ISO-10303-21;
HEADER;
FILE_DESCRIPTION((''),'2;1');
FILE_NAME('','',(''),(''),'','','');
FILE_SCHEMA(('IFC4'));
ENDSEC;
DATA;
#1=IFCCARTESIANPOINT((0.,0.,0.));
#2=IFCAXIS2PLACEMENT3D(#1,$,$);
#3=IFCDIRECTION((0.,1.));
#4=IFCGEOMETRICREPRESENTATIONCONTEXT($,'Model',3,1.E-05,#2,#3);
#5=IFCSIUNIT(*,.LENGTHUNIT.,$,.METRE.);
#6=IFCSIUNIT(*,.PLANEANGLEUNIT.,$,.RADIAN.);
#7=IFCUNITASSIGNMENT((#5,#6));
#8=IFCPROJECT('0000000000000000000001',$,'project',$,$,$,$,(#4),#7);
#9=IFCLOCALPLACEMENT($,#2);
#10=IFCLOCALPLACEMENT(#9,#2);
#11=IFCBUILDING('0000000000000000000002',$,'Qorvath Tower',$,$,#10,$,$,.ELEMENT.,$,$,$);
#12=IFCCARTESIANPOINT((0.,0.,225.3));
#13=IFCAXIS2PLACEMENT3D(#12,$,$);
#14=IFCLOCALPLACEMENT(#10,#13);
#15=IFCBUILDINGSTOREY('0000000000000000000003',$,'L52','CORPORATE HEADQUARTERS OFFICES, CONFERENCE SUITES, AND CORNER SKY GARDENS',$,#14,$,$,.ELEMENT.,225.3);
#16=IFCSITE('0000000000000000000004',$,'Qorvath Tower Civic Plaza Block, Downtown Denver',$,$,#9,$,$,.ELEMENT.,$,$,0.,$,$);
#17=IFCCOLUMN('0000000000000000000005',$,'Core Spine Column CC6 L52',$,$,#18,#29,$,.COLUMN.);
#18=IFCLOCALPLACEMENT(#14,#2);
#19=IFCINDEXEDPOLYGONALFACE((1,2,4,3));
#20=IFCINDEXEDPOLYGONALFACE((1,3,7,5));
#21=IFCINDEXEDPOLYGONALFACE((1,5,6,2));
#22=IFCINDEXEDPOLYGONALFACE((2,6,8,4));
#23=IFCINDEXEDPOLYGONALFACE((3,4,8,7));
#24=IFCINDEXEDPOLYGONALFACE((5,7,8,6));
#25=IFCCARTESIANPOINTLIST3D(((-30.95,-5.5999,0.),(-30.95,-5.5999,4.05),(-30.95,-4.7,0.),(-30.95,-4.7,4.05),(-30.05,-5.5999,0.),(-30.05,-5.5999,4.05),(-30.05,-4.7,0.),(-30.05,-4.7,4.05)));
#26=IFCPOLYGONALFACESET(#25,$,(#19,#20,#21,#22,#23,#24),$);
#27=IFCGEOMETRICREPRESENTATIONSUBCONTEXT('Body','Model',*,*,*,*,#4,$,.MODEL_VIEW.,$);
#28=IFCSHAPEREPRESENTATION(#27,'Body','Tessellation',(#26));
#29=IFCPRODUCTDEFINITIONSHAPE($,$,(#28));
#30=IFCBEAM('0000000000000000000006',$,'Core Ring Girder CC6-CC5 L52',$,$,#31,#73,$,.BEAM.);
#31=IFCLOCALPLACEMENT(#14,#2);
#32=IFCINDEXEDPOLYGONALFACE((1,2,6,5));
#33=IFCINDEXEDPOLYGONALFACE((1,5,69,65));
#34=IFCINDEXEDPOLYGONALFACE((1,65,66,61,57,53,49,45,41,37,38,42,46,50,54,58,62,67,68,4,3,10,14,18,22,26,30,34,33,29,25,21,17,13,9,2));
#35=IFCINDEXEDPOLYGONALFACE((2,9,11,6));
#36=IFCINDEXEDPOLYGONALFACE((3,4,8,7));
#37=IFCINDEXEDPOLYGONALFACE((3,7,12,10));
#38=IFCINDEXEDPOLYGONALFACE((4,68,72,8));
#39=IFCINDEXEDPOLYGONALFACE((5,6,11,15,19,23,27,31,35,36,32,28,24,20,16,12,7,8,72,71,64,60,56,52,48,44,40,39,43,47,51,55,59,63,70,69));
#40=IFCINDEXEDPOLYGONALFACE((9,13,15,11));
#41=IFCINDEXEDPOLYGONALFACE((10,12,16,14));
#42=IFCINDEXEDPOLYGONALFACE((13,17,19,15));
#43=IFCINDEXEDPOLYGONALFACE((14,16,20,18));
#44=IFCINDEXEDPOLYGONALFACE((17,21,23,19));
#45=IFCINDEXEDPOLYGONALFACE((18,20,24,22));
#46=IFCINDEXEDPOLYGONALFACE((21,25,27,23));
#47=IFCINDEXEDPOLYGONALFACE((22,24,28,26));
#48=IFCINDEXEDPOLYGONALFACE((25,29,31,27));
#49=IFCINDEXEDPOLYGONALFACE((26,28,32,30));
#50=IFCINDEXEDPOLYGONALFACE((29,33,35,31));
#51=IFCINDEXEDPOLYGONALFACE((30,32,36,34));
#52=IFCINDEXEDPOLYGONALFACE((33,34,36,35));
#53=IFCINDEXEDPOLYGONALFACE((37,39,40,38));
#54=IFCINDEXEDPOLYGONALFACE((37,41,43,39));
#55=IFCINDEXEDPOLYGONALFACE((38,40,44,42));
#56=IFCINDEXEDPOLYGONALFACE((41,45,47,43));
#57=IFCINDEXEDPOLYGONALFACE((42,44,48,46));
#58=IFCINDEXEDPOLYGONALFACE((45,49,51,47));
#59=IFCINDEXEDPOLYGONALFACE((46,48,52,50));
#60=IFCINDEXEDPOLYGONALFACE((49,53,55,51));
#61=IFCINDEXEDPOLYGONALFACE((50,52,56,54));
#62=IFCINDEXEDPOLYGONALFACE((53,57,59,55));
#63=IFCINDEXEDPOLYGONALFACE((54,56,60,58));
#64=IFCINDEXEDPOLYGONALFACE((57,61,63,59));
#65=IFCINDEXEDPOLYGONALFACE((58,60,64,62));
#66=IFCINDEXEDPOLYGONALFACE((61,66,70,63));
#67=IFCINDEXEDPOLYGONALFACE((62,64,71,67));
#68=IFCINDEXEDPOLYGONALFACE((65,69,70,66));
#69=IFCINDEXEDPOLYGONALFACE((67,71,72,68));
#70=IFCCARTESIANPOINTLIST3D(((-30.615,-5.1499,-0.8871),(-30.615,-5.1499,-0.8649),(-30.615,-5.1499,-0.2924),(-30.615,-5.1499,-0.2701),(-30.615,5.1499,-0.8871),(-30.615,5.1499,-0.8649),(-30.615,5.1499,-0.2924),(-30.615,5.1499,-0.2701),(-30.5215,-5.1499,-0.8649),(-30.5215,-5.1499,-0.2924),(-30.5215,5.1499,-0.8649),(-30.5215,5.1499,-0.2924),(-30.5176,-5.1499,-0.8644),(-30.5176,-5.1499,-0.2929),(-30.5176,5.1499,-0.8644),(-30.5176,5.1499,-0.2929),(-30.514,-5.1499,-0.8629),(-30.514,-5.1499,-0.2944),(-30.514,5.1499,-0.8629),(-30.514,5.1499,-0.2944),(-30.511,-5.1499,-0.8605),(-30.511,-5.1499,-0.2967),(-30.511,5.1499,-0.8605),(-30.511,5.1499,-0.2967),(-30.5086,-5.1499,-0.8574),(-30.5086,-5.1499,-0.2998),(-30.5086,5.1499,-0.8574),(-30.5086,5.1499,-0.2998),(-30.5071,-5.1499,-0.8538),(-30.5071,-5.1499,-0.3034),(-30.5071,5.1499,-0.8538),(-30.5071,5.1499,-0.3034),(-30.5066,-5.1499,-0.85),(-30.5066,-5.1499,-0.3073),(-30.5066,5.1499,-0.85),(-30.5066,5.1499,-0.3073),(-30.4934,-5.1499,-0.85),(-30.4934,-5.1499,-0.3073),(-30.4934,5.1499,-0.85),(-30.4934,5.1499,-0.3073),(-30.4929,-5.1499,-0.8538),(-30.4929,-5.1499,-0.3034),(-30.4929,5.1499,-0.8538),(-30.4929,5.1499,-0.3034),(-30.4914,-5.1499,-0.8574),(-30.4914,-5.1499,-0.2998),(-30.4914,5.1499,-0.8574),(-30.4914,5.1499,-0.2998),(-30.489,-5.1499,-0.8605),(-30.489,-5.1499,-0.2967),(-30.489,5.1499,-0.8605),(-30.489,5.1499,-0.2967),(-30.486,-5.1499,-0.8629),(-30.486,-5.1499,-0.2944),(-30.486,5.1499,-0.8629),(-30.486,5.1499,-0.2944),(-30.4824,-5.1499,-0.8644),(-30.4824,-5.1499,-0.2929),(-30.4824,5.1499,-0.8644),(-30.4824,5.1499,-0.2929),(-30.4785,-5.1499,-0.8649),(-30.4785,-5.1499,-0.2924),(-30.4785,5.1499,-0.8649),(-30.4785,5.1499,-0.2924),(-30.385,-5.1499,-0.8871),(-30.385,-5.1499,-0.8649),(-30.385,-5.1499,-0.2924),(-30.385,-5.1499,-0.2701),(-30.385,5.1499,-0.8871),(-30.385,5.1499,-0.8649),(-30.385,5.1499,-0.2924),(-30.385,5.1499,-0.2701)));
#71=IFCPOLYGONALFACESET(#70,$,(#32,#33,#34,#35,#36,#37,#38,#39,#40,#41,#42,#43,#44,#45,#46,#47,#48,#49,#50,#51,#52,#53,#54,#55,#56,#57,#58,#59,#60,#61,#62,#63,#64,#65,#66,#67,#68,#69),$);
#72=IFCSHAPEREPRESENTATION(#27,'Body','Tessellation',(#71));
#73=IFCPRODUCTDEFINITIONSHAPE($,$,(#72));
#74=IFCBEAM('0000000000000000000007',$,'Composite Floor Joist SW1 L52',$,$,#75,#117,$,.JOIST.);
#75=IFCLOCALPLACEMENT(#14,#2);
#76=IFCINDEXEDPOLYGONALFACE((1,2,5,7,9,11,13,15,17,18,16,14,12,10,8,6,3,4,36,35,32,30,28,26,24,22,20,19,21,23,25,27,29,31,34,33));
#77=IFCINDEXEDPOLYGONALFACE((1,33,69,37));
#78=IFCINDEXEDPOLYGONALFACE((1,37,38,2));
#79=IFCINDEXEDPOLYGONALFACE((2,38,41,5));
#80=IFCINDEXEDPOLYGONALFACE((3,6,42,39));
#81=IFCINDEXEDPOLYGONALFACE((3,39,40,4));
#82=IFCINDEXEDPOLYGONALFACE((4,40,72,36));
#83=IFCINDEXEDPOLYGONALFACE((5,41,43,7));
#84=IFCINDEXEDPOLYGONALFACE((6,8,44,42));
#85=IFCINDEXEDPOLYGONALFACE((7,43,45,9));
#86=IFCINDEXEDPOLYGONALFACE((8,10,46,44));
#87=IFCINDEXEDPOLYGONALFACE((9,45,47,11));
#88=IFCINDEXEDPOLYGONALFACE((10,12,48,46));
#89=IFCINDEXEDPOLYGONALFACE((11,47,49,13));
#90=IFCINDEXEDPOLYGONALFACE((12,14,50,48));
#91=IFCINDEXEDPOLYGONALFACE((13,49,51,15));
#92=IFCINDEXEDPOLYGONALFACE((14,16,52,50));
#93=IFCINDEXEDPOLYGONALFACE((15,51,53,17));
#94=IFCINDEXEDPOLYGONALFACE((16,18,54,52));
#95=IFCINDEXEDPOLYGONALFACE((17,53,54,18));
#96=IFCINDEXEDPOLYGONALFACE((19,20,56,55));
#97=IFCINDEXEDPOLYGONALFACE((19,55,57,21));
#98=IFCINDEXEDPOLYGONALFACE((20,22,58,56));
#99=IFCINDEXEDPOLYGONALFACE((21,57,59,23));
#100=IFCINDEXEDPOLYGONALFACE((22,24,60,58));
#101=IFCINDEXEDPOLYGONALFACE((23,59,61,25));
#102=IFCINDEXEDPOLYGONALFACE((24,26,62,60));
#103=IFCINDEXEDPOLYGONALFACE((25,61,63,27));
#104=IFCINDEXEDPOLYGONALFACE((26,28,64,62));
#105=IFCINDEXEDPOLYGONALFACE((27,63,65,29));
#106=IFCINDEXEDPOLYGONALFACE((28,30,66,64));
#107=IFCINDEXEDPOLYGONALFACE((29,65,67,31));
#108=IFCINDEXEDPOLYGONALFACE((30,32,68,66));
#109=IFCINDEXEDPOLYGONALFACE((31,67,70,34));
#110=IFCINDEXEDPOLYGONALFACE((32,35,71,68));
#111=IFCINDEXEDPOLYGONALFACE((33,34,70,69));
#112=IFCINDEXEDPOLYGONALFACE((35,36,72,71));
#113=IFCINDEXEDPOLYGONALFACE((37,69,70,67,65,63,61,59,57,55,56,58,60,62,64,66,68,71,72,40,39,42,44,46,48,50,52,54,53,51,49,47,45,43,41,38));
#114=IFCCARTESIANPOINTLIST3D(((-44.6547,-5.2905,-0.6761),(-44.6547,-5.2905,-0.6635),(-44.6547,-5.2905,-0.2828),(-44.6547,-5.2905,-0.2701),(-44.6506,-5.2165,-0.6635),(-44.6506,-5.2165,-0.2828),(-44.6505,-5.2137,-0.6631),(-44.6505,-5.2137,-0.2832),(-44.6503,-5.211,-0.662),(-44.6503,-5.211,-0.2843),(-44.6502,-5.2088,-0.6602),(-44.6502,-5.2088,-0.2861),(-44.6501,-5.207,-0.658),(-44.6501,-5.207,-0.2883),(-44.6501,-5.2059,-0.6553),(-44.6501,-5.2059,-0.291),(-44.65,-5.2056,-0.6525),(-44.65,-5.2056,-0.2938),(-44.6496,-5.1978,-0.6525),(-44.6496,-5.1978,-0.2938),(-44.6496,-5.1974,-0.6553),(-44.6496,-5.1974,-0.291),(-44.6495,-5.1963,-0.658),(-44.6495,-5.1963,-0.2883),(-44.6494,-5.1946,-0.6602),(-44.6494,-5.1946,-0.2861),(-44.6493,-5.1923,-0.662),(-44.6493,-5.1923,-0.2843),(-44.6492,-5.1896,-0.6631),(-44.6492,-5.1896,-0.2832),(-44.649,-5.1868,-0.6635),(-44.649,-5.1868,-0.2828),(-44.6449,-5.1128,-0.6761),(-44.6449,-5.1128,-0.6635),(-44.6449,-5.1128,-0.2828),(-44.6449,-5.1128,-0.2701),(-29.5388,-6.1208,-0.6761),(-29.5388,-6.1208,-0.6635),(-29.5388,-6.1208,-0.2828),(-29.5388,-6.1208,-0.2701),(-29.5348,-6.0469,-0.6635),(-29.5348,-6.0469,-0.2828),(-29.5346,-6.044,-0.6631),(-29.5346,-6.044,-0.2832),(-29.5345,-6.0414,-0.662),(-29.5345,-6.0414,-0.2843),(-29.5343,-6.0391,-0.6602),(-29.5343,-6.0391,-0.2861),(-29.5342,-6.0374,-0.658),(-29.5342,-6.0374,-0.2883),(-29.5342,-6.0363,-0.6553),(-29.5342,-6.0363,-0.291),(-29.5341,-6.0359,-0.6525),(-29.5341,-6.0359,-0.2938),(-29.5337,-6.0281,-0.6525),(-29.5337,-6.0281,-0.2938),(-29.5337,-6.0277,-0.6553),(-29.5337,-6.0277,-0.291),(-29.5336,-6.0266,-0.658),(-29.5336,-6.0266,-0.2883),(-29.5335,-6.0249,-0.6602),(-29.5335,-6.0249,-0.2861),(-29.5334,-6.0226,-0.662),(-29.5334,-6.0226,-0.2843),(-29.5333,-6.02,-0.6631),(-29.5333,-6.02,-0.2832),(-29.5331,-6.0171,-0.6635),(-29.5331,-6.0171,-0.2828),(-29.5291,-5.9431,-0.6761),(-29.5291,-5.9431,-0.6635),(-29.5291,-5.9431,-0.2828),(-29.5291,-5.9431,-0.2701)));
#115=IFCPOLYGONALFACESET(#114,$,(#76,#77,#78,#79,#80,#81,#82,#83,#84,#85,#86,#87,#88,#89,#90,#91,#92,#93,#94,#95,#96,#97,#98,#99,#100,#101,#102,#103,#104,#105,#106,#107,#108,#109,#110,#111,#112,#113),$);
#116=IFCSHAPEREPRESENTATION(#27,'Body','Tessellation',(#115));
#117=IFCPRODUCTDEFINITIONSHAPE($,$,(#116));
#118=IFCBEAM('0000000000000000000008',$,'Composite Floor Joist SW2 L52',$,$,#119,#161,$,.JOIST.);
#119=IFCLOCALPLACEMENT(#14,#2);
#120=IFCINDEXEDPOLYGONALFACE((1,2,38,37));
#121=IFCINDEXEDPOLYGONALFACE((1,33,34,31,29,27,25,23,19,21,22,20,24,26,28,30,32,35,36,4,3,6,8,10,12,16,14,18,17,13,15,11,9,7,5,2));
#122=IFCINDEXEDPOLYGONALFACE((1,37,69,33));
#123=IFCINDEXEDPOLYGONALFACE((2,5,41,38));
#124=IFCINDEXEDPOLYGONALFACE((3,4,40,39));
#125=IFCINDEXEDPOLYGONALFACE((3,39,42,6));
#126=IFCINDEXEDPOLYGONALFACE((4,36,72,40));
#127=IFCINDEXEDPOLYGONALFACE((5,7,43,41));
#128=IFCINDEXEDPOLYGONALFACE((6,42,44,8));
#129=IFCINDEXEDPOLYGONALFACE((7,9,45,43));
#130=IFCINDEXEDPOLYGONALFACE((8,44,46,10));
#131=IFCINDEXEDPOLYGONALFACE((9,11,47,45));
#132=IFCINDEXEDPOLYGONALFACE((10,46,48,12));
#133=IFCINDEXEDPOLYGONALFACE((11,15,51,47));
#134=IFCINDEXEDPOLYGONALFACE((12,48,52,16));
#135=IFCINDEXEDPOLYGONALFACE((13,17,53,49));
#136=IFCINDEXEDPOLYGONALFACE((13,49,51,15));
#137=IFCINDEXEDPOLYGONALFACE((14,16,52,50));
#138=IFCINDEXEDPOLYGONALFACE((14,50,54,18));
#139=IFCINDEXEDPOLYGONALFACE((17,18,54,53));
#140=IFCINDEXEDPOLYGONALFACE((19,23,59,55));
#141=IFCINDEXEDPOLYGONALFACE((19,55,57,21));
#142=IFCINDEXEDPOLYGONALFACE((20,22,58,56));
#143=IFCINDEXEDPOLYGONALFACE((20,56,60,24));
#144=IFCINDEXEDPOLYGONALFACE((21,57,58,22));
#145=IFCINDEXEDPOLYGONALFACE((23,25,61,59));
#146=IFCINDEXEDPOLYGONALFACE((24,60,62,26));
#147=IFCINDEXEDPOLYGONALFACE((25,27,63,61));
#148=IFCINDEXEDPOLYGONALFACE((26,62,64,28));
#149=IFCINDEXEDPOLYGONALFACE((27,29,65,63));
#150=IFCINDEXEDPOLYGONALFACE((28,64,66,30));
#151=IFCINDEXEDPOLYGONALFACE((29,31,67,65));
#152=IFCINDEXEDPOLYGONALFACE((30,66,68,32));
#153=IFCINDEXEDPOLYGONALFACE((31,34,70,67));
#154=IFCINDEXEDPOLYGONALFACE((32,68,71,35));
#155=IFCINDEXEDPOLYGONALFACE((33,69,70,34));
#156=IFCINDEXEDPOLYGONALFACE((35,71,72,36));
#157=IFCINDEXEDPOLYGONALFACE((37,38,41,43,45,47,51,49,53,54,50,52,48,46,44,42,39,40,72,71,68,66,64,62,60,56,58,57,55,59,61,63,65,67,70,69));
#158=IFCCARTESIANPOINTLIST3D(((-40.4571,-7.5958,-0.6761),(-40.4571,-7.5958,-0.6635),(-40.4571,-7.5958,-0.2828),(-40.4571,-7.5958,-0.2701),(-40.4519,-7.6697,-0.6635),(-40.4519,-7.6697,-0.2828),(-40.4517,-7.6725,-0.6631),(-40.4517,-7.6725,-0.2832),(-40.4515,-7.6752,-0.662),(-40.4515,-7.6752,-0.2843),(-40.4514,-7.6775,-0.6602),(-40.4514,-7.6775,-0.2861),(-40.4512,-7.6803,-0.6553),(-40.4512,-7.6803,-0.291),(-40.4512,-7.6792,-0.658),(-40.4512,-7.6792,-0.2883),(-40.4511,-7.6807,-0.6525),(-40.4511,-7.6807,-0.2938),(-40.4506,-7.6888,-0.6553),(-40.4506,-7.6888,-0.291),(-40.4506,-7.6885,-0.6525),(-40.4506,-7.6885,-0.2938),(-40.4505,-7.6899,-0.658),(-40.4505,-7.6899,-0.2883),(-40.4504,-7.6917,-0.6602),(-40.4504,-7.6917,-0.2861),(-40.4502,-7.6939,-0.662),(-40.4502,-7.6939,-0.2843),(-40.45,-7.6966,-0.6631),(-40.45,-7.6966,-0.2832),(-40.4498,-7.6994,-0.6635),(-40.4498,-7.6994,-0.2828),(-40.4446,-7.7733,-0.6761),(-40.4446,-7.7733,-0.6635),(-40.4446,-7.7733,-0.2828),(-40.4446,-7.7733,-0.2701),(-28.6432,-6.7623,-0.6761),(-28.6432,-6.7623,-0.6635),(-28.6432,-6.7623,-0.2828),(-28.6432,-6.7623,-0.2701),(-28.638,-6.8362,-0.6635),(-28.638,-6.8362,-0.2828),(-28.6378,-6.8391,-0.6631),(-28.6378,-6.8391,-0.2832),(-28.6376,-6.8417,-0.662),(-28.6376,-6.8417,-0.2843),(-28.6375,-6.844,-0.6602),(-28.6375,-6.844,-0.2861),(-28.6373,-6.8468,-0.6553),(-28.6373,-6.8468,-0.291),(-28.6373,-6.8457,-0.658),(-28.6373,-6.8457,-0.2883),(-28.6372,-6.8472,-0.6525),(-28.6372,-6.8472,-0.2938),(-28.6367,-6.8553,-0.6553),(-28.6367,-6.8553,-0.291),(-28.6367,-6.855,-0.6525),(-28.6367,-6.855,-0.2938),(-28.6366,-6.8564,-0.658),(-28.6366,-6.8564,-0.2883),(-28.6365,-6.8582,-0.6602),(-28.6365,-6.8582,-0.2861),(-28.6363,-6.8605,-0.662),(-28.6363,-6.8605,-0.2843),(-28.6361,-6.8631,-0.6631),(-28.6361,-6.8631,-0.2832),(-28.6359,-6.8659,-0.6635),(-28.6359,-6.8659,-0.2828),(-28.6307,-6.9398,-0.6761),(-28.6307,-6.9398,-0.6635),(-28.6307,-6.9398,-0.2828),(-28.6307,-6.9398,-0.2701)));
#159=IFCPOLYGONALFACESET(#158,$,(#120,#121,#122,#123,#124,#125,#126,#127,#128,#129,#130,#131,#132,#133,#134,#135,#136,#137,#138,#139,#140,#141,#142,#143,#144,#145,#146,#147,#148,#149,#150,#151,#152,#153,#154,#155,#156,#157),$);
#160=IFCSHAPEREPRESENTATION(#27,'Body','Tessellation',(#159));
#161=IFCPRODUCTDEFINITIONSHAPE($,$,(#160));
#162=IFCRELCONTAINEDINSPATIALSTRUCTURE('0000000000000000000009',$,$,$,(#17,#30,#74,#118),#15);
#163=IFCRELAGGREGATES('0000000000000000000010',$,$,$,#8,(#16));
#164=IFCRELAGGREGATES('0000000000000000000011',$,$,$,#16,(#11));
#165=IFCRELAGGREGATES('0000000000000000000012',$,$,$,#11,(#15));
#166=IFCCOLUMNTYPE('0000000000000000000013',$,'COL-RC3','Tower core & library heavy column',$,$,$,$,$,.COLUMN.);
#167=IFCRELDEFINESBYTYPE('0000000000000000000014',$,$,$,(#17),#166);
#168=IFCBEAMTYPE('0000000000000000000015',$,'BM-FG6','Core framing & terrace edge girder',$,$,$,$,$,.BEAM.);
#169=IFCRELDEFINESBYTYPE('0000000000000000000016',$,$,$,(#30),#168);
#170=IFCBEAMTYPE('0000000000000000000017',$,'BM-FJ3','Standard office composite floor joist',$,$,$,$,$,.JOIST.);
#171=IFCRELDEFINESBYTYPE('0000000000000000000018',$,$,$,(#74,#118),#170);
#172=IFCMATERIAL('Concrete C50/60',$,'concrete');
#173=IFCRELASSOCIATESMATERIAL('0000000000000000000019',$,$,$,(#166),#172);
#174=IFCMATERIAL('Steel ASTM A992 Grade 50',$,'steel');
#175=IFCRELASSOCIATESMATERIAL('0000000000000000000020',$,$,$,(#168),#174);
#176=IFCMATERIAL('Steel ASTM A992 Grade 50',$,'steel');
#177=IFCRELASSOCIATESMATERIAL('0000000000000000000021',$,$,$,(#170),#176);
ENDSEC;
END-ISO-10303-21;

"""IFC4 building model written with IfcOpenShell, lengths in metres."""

from ifc_helpers import new_model, si_unit, direction, frame, origin, origin_2d, place, context, subcontext, project, spatial, rectangle, i_section, extrude, material, material_profile, profile_set, type_object, element, save


model = new_model("IFC4")

# Units and contexts
model_context = context("Model", 3, precision=1e-05, world=origin(), true_north=direction((0.0, 1.0)))
body_context = subcontext(model_context, "Body", "Model", "MODEL_VIEW")
ifc_project = project(units=[si_unit("LENGTHUNIT", "METRE"), si_unit("PLANEANGLEUNIT", "RADIAN")], contexts=[model_context])

# Site, building, storey
site_placement = place(None, origin())
site = spatial("IfcSite", under=ifc_project, at=site_placement, Name="Qorvath Tower Civic Plaza Block, Downtown Denver", CompositionType="ELEMENT", RefElevation=0.0)
building_placement = place(site_placement, origin())
building = spatial("IfcBuilding", under=site, at=building_placement, Name="Qorvath Tower", CompositionType="ELEMENT")
storey_placement = place(building_placement, frame((0.0, 0.0, 225.3)))
storey = spatial("IfcBuildingStorey", under=building, at=storey_placement, Name="L52", Description="CORPORATE HEADQUARTERS OFFICES, CONFERENCE SUITES, AND CORNER SKY GARDENS", CompositionType="ELEMENT", Elevation=225.3)

# Column
ifc_material_1 = material(Name="Concrete C50/60", Category="concrete")
ifc_material_profile_1 = material_profile(ifc_material_1, rectangle(XDim=0.8999, YDim=0.8999, at=origin_2d()), Name="RC 900x900")
ifc_profile_set_1 = profile_set([ifc_material_profile_1], Name="Concrete C50/60")
column_type = type_object("IfcColumnType", Name="COL-RC3", Description="Tower core & library heavy column", PredefinedType="COLUMN", material=ifc_profile_set_1)
column_placement = place(storey_placement, frame((-30.5, -5.1499, 0.0), z_axis=(0.0, 0.0, 1.0), x_axis=(1.0, 0.0, 0.0)))
element("IfcColumn", 1, at=column_placement, inside=storey, type_object=column_type, Name="Core Spine Column CC6 L52", PredefinedType="COLUMN", context=body_context, shape_type="SweptSolid", body=[
    extrude(rectangle(XDim=0.8999, YDim=0.8999, at=origin_2d()), origin(), (0.0, 0.0, 1.0), 4.05),
])

# Beams
ifc_material_2 = material(Name="Steel ASTM A992 Grade 50", Category="steel")
ifc_material_profile_2 = material_profile(ifc_material_2, i_section(OverallWidth=0.23, OverallDepth=0.6169, WebThickness=0.0132, FlangeThickness=0.0222, FilletRadius=0.0149, at=origin_2d()), Name="W24x94")
ifc_profile_set_2 = profile_set([ifc_material_profile_2], Name="Steel ASTM A992 Grade 50")
beam_type_1 = type_object("IfcBeamType", Name="BM-FG6", Description="Core framing & terrace edge girder", PredefinedType="BEAM", material=ifc_profile_set_2)
beam_1_placement = place(storey_placement, frame((-30.5, -5.1499, -0.5786), z_axis=(0.0, 1.0, 0.0), x_axis=(-1.0, 0.0, 0.0)))
element("IfcBeam", 2, at=beam_1_placement, inside=storey, type_object=beam_type_1, Name="Core Ring Girder CC6-CC5 L52", PredefinedType="BEAM", context=body_context, shape_type="SweptSolid", body=[
    extrude(i_section(OverallWidth=0.23, OverallDepth=0.6169, WebThickness=0.0132, FlangeThickness=0.0222, FilletRadius=0.0149, at=origin_2d()), origin(), (0.0, 0.0, 1.0), 10.2998),
])
ifc_material_3 = material(Name="Steel ASTM A992 Grade 50", Category="steel")
ifc_material_profile_3 = material_profile(ifc_material_3, i_section(OverallWidth=0.178, OverallDepth=0.406, WebThickness=0.0078, FlangeThickness=0.0127, FilletRadius=0.011, at=origin_2d()), Name="W16x40")
ifc_profile_set_3 = profile_set([ifc_material_profile_3], Name="Steel ASTM A992 Grade 50")
beam_type_2 = type_object("IfcBeamType", Name="BM-FJ3", Description="Standard office composite floor joist", PredefinedType="JOIST", material=ifc_profile_set_3)
beam_2_placement = place(storey_placement, frame((-29.5339, -6.032, -0.4731), z_axis=(-0.998495, 0.054847, 0.0), x_axis=(-0.054847, -0.998495, 0.0)))
element("IfcBeam", 3, at=beam_2_placement, inside=storey, type_object=beam_type_2, Name="Composite Floor Joist SW1 L52", PredefinedType="JOIST", context=body_context, shape_type="SweptSolid", body=[
    extrude(i_section(OverallWidth=0.178, OverallDepth=0.406, WebThickness=0.0078, FlangeThickness=0.0127, FilletRadius=0.011, at=origin_2d()), origin(), (0.0, 0.0, 1.0), 15.1387),
])
beam_3_placement = place(storey_placement, frame((-28.637, -6.8511, -0.4731), z_axis=(-0.99752, -0.070377, 0.0), x_axis=(0.070377, -0.99752, 0.0)))
element("IfcBeam", 4, at=beam_3_placement, inside=storey, type_object=beam_type_2, Name="Composite Floor Joist SW2 L52", PredefinedType="JOIST", context=body_context, shape_type="SweptSolid", body=[
    extrude(i_section(OverallWidth=0.178, OverallDepth=0.406, WebThickness=0.0078, FlangeThickness=0.0127, FilletRadius=0.011, at=origin_2d()), origin(), (0.0, 0.0, 1.0), 11.8433),
])

save(model, "model.ifc")
